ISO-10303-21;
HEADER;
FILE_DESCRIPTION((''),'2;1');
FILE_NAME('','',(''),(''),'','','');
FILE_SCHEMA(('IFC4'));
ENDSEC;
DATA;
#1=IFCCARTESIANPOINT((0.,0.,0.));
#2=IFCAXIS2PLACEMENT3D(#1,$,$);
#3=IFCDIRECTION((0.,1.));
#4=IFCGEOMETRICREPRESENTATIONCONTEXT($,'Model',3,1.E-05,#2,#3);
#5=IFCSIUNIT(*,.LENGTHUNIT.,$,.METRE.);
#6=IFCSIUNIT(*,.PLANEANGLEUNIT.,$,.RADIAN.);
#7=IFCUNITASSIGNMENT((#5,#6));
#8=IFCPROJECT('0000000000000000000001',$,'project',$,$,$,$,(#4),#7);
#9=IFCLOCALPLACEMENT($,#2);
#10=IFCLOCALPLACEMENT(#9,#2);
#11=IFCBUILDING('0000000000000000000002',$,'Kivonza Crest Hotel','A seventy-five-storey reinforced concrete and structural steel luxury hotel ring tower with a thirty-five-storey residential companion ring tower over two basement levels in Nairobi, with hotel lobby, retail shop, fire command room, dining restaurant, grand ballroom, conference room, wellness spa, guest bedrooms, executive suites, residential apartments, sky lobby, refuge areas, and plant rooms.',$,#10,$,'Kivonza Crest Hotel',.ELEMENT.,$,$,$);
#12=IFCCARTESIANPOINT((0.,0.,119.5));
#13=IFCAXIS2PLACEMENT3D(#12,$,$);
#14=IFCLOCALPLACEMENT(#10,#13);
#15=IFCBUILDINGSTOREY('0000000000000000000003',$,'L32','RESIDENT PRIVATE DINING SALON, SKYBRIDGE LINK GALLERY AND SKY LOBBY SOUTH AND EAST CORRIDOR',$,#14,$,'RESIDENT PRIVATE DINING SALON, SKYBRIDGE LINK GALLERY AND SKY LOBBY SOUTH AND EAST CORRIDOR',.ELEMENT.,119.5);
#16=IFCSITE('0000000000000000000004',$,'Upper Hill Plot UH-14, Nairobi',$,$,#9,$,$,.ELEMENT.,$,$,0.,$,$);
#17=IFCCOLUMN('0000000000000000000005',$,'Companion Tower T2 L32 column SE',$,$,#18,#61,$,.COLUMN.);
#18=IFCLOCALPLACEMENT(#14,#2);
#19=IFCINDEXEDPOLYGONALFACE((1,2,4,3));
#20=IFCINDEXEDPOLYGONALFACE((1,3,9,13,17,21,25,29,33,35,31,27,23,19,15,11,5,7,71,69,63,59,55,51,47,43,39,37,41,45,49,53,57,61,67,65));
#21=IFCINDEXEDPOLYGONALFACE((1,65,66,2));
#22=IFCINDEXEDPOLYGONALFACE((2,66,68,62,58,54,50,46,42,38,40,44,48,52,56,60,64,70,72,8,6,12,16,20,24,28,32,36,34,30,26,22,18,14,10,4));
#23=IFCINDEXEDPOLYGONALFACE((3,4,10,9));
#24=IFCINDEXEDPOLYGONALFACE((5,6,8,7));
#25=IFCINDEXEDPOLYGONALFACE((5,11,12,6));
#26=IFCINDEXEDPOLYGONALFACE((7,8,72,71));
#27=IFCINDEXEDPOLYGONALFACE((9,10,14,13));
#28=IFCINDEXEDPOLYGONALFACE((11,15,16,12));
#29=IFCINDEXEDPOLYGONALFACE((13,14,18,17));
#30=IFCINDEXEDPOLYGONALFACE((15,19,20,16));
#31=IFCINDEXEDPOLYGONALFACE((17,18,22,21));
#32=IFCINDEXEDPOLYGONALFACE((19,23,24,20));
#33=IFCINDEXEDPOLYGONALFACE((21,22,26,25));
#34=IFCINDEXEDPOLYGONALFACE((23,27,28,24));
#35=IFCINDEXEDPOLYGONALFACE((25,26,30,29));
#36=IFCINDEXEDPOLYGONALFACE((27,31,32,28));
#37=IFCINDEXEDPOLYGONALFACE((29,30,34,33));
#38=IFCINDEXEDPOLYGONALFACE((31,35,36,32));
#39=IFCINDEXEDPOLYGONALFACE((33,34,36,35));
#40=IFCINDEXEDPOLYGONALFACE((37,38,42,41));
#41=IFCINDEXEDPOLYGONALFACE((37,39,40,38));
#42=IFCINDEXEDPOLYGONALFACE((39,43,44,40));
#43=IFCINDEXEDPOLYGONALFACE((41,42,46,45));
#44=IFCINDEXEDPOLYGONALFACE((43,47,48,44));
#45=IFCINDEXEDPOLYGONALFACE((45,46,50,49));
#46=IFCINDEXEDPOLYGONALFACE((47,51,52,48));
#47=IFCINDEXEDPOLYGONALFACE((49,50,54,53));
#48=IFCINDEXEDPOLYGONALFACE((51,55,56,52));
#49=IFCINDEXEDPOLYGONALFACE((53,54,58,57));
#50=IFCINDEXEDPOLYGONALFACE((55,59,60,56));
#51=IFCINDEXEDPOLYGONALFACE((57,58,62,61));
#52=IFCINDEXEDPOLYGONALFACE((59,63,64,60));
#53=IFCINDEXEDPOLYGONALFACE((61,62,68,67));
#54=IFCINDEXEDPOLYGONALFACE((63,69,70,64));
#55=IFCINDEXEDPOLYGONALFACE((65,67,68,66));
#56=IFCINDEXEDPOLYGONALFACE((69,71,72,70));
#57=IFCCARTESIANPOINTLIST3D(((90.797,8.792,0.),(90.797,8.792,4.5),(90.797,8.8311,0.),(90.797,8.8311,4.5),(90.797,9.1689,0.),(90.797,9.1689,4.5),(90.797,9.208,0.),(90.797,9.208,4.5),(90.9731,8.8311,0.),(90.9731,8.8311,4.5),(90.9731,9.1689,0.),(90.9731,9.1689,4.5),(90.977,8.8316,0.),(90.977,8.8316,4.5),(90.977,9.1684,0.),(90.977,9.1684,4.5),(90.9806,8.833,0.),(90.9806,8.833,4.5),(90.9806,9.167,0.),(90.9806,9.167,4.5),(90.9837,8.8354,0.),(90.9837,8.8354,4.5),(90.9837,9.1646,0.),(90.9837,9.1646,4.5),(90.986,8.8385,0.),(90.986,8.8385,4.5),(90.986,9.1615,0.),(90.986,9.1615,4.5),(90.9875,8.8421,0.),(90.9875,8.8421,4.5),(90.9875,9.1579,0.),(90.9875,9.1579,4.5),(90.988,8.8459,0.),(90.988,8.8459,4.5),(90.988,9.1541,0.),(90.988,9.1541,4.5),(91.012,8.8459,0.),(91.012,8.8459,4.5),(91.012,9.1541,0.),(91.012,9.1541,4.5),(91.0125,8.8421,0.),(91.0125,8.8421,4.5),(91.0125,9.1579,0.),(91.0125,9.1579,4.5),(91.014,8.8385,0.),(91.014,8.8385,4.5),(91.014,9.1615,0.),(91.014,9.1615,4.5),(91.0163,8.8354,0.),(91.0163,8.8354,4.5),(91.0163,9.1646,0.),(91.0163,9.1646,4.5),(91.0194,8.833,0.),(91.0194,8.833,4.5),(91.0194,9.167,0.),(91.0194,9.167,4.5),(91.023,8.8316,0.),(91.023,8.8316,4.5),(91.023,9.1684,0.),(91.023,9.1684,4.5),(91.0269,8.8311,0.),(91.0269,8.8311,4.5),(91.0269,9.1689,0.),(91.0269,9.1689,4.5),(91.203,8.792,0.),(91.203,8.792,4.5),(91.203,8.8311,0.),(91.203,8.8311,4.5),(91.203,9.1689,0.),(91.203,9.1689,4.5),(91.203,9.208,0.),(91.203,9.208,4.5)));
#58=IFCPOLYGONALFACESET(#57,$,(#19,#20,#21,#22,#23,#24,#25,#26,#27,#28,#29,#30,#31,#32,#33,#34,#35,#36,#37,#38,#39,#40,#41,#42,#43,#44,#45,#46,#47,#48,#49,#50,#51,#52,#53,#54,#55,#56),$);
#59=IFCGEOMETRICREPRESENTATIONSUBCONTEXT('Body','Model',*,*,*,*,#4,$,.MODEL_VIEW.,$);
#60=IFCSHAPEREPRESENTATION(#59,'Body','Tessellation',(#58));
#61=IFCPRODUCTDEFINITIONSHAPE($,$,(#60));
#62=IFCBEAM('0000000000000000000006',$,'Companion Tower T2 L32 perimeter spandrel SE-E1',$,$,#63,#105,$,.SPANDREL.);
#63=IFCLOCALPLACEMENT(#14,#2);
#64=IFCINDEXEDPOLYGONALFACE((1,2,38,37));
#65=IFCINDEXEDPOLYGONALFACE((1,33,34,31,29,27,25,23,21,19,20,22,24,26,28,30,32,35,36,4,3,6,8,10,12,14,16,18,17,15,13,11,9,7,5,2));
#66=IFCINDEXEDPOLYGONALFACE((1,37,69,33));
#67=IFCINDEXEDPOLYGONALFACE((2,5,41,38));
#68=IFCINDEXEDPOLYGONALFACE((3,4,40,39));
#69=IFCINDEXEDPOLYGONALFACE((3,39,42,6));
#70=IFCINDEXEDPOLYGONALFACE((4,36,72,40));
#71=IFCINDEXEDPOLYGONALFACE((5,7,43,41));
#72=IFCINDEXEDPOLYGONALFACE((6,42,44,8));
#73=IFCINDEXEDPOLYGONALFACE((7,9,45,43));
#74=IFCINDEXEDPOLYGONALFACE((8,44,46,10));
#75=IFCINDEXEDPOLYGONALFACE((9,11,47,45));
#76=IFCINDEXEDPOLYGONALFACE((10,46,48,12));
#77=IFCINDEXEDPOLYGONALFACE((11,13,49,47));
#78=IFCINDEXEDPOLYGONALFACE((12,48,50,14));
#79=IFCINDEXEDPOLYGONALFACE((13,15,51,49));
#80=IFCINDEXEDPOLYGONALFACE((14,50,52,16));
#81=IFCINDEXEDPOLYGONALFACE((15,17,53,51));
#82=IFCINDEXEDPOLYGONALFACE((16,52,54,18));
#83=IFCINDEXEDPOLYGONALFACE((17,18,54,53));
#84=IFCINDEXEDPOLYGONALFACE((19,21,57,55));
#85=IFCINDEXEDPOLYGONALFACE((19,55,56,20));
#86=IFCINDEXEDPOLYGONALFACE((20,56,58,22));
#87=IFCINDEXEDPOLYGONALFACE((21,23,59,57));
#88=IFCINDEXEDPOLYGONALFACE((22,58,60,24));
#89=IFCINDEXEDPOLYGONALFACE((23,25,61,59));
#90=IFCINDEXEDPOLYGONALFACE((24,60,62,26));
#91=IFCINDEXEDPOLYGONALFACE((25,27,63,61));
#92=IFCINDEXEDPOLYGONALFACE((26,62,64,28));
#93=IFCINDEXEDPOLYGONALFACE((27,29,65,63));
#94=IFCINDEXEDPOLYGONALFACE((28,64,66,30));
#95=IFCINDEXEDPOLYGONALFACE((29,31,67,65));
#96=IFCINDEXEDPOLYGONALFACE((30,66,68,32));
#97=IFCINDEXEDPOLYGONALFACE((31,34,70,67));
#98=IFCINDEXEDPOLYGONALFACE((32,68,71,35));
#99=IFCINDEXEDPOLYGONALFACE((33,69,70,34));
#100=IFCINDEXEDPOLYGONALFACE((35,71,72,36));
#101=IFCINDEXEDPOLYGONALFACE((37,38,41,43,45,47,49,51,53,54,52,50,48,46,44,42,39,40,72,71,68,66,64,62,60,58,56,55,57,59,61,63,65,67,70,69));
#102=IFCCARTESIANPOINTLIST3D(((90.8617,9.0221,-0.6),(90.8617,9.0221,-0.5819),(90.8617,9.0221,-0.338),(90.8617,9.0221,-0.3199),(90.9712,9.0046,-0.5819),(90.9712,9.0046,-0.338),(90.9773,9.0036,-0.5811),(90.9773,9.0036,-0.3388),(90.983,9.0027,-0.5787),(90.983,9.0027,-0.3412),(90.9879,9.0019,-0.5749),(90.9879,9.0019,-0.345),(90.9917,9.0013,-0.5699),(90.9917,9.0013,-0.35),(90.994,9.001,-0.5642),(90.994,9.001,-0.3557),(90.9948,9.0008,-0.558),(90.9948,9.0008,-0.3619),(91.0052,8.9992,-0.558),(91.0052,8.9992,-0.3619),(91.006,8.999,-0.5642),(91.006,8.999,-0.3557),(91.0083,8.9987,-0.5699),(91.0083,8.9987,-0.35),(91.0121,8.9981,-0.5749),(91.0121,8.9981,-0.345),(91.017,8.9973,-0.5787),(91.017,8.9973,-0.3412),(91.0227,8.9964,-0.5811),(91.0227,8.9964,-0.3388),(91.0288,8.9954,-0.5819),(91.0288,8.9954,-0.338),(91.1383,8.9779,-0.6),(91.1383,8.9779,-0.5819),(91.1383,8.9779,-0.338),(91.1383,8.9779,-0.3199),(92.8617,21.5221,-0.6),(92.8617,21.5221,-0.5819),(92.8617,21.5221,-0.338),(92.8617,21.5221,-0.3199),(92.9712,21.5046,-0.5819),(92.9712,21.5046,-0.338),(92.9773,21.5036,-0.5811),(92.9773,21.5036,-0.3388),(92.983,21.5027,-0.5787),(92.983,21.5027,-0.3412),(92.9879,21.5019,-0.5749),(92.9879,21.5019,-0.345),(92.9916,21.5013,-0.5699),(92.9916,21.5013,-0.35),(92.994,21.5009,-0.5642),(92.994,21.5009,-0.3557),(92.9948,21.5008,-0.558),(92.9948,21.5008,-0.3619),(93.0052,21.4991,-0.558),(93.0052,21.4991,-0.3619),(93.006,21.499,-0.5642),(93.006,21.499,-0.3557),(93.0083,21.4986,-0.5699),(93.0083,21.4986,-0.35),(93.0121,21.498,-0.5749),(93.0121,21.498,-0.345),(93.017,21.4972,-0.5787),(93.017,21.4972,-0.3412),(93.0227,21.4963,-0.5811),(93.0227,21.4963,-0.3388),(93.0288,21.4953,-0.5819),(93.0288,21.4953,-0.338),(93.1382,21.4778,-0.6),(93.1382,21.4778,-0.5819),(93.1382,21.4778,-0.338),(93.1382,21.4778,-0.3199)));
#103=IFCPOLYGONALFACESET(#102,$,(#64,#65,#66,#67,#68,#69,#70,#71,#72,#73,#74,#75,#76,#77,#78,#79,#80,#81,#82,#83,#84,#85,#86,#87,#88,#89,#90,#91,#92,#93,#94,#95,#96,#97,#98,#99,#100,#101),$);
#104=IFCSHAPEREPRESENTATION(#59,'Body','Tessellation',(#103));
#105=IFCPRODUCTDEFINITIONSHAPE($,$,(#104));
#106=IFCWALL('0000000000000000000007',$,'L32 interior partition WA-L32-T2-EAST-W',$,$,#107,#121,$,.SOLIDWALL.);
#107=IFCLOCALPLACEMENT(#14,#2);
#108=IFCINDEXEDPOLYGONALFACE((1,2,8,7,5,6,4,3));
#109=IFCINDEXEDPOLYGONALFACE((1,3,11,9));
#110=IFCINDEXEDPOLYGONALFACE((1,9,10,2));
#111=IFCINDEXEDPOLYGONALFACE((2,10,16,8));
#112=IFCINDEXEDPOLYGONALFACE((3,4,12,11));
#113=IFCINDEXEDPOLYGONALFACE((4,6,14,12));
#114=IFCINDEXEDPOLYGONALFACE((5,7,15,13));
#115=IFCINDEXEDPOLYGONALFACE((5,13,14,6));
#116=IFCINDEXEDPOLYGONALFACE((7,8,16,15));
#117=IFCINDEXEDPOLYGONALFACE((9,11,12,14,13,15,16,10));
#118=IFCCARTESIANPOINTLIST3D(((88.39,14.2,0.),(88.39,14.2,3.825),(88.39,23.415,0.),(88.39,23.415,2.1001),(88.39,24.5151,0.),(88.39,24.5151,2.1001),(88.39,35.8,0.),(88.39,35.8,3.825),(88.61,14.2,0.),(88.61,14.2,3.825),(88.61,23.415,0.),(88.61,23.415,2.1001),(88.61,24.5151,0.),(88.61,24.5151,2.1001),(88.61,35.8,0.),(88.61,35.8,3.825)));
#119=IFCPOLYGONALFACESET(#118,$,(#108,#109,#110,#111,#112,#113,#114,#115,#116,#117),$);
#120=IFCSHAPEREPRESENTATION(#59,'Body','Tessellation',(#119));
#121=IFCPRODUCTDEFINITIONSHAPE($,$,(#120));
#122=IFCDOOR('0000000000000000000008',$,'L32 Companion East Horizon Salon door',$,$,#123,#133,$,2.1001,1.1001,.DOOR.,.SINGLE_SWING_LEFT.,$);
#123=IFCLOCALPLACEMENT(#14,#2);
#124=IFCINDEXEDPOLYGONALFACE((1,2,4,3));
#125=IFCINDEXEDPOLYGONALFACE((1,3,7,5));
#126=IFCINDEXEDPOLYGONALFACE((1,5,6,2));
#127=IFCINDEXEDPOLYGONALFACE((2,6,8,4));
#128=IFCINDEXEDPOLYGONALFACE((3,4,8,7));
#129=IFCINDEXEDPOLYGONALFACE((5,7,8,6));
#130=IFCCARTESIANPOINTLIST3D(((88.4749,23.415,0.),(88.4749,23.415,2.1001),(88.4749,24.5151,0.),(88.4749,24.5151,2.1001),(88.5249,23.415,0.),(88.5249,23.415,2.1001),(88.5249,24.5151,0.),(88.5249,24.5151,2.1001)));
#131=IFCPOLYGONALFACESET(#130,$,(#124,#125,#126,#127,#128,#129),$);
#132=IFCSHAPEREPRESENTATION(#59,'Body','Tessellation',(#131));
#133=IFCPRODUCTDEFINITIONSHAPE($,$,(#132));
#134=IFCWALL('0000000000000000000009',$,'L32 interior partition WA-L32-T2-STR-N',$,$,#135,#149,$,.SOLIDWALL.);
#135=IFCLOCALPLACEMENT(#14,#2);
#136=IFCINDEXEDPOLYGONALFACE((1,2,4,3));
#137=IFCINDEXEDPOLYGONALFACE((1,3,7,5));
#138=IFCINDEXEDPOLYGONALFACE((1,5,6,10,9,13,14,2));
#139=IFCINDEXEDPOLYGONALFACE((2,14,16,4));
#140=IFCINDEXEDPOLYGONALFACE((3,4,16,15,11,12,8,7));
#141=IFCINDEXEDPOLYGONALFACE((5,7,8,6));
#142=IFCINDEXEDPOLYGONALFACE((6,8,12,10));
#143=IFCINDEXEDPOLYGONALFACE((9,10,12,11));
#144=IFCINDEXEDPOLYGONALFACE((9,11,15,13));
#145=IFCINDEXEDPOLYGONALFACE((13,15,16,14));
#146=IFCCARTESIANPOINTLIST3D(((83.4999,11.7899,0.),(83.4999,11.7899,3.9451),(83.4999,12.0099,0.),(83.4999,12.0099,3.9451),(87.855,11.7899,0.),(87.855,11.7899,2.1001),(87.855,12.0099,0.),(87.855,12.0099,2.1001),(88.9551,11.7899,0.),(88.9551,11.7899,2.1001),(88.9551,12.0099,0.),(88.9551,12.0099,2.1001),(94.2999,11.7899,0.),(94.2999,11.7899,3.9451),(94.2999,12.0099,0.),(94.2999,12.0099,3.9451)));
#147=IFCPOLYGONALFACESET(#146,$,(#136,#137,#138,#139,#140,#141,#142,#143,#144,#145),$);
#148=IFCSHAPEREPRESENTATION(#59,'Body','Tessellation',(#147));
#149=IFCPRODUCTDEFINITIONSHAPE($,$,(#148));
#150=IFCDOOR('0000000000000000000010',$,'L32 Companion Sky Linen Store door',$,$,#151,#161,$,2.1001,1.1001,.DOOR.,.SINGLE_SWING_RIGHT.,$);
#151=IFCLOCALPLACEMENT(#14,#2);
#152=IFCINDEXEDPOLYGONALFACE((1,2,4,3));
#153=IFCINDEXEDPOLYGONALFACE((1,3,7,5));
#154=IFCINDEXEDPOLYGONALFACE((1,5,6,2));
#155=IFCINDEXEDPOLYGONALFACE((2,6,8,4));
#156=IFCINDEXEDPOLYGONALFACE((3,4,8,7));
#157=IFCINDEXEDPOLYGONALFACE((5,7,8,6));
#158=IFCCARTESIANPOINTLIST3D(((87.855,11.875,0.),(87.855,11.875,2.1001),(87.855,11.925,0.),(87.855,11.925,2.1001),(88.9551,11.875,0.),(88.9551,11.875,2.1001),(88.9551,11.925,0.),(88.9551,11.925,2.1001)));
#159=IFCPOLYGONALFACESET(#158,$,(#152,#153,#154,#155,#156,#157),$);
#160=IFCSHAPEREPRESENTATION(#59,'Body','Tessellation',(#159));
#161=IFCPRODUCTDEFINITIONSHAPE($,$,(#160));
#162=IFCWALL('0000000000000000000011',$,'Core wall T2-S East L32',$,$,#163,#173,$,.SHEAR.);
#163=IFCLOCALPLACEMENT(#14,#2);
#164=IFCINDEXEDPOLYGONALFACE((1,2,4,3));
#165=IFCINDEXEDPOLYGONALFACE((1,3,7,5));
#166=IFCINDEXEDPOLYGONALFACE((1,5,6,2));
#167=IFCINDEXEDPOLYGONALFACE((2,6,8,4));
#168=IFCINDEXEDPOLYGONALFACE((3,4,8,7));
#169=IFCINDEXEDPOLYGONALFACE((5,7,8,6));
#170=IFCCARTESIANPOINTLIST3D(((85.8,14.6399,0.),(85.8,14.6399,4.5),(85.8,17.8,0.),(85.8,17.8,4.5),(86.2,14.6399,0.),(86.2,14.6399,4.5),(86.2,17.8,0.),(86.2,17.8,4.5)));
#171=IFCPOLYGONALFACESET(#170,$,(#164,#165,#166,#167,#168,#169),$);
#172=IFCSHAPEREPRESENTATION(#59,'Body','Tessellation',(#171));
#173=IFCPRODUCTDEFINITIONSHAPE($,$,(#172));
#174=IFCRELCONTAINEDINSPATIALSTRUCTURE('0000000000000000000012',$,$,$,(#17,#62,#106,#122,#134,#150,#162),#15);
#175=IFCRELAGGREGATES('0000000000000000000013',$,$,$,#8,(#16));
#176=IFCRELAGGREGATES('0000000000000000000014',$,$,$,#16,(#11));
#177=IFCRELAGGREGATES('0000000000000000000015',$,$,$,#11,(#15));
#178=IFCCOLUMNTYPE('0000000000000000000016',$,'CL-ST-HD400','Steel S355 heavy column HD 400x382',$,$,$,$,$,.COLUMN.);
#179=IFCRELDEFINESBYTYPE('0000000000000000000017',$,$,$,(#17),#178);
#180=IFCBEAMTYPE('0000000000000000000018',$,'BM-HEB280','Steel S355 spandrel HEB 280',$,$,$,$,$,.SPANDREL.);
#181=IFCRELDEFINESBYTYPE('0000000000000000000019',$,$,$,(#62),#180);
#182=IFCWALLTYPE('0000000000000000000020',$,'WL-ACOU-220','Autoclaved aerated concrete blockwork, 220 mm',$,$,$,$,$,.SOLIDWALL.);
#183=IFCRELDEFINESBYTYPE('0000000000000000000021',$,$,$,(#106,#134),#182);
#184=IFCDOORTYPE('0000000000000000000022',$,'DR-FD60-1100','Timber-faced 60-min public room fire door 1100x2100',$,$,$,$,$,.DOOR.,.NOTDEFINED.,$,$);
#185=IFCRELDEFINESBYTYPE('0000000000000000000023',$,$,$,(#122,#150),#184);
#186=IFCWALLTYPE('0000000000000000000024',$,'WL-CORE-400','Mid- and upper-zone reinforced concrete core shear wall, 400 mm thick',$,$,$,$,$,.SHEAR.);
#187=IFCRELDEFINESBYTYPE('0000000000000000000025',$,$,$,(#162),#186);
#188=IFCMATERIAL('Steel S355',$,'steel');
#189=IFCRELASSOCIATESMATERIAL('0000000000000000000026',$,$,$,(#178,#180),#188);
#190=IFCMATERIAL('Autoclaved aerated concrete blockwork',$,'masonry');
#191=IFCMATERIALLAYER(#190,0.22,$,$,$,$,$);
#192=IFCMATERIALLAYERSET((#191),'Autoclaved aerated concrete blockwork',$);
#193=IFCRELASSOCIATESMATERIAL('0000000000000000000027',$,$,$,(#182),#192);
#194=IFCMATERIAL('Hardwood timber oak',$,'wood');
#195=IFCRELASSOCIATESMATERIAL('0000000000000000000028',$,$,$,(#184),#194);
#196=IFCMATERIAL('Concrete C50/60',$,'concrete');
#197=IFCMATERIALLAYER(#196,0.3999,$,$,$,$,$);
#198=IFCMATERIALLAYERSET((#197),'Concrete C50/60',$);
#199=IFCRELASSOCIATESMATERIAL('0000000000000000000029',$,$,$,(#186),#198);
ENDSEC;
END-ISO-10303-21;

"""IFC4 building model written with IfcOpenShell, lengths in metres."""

from ifc_helpers import new_model, si_unit, direction, frame, frame_2d, origin, origin_2d, place, context, subcontext, project, spatial, rectangle, i_section, extrude, material, layer, layer_set, material_profile, profile_set, type_object, element, fill, save


model = new_model("IFC4")

# Units and contexts
model_context = context("Model", 3, precision=1e-05, world=origin(), true_north=direction((0.0, 1.0)))
body_context = subcontext(model_context, "Body", "Model", "MODEL_VIEW")
ifc_project = project(units=[si_unit("LENGTHUNIT", "METRE"), si_unit("PLANEANGLEUNIT", "RADIAN")], contexts=[model_context])

# Site, building, storey
site_placement = place(None, origin())
site = spatial("IfcSite", under=ifc_project, at=site_placement, Name="Upper Hill Plot UH-14, Nairobi", CompositionType="ELEMENT", RefElevation=0.0)
building_placement = place(site_placement, origin())
building = spatial("IfcBuilding", under=site, at=building_placement, Name="Kivonza Crest Hotel", Description="A seventy-five-storey reinforced concrete and structural steel luxury hotel ring tower with a thirty-five-storey residential companion ring tower over two basement levels in Nairobi, with hotel lobby, retail shop, fire command room, dining restaurant, grand ballroom, conference room, wellness spa, guest bedrooms, executive suites, residential apartments, sky lobby, refuge areas, and plant rooms.", LongName="Kivonza Crest Hotel", CompositionType="ELEMENT")
storey_placement = place(building_placement, frame((0.0, 0.0, 119.5)))
storey = spatial("IfcBuildingStorey", under=building, at=storey_placement, Name="L32", Description="RESIDENT PRIVATE DINING SALON, SKYBRIDGE LINK GALLERY AND SKY LOBBY SOUTH AND EAST CORRIDOR", LongName="RESIDENT PRIVATE DINING SALON, SKYBRIDGE LINK GALLERY AND SKY LOBBY SOUTH AND EAST CORRIDOR", CompositionType="ELEMENT", Elevation=119.5)

# Column
ifc_material_1 = material(Name="Steel S355", Category="steel")
ifc_material_profile_1 = material_profile(ifc_material_1, i_section(OverallWidth=0.406, OverallDepth=0.416, WebThickness=0.0239, FlangeThickness=0.0391, FilletRadius=0.0149, at=origin_2d()), Name="HD 400x382")
ifc_profile_set_1 = profile_set([ifc_material_profile_1], Name="Steel S355")
column_type = type_object("IfcColumnType", Name="CL-ST-HD400", Description="Steel S355 heavy column HD 400x382", PredefinedType="COLUMN", material=ifc_profile_set_1)
column_placement = place(storey_placement, frame((91.0, 9.0, 0.0), z_axis=(0.0, 0.0, 1.0), x_axis=(1.0, 0.0, 0.0)))
element("IfcColumn", 1, at=column_placement, inside=storey, type_object=column_type, Name="Companion Tower T2 L32 column SE", PredefinedType="COLUMN", context=body_context, shape_type="SweptSolid", body=[
    extrude(i_section(OverallWidth=0.406, OverallDepth=0.416, WebThickness=0.0239, FlangeThickness=0.0391, FilletRadius=0.0149, at=origin_2d()), origin(), (0.0, 0.0, 1.0), 4.5),
])

# Beam
ifc_material_profile_2 = material_profile(ifc_material_1, i_section(OverallWidth=0.28, OverallDepth=0.28, WebThickness=0.0105, FlangeThickness=0.0181, FilletRadius=0.0239, at=origin_2d()), Name="HEB 280")
ifc_profile_set_2 = profile_set([ifc_material_profile_2], Name="Steel S355")
beam_type = type_object("IfcBeamType", Name="BM-HEB280", Description="Steel S355 spandrel HEB 280", PredefinedType="SPANDREL", material=ifc_profile_set_2)
beam_placement = place(storey_placement, frame((91.0, 9.0, -0.46), z_axis=(0.157991, 0.987441, 0.0), x_axis=(-0.987441, 0.157991, 0.0)))
element("IfcBeam", 2, at=beam_placement, inside=storey, type_object=beam_type, Name="Companion Tower T2 L32 perimeter spandrel SE-E1", PredefinedType="SPANDREL", context=body_context, shape_type="SweptSolid", body=[
    extrude(i_section(OverallWidth=0.28, OverallDepth=0.28, WebThickness=0.0105, FlangeThickness=0.0181, FilletRadius=0.0239, at=origin_2d()), origin(), (0.0, 0.0, 1.0), 12.6589),
])

# Walls, openings, doors
ifc_material_2 = material(Name="Autoclaved aerated concrete blockwork", Category="masonry")
ifc_layer_1 = layer(ifc_material_2, 0.22)
ifc_layer_set_1 = layer_set([ifc_layer_1], Name="Autoclaved aerated concrete blockwork")
wall_type_1 = type_object("IfcWallType", Name="WL-ACOU-220", Description="Autoclaved aerated concrete blockwork, 220 mm", PredefinedType="SOLIDWALL", material=ifc_layer_set_1)
wall_1_placement = place(storey_placement, frame((88.5, 14.2, 0.0), z_axis=(0.0, 0.0, 1.0), x_axis=(0.0, 1.0, 0.0)))
wall_1 = element("IfcWall", 3, at=wall_1_placement, inside=storey, type_object=wall_type_1, Name="L32 interior partition WA-L32-T2-EAST-W", PredefinedType="SOLIDWALL", context=body_context, shape_type="SweptSolid", body=[
    extrude(rectangle(XDim=21.6001, YDim=0.22, at=frame_2d((10.8, 0.0))), origin(), (0.0, 0.0, 1.0), 3.825),
])
opening_1_placement = place(wall_1_placement, frame((9.2151, 0.0, 0.0)))
opening_1 = element("IfcOpeningElement", 4, at=opening_1_placement, cuts=wall_1, PredefinedType="OPENING", context=body_context, shape_type="SweptSolid", body=[
    extrude(rectangle(XDim=1.1001, YDim=2.1001, at=frame_2d((0.55, 1.05))), frame((0.0, 0.1201, 0.0), z_axis=(0.0, -1.0, 0.0), x_axis=(1.0, 0.0, 0.0)), (0.0, 0.0, 1.0), 0.24),
])
ifc_material_3 = material(Name="Hardwood timber oak", Category="wood")
door_type = type_object("IfcDoorType", Name="DR-FD60-1100", Description="Timber-faced 60-min public room fire door 1100x2100", OperationType="NOTDEFINED", PredefinedType="DOOR", material=ifc_material_3)
door_1_placement = place(opening_1_placement, frame((1.1001, 0.0, 0.0), z_axis=(0.0, 0.0, 1.0), x_axis=(-1.0, 0.0, 0.0)))
door_1 = element("IfcDoor", 5, at=door_1_placement, inside=storey, type_object=door_type, Name="L32 Companion East Horizon Salon door", OperationType="SINGLE_SWING_LEFT", OverallHeight=2.1001, OverallWidth=1.1001, PredefinedType="DOOR", context=body_context, shape_type="SweptSolid", body=[
    extrude(rectangle(XDim=1.1001, YDim=2.1001, at=frame_2d((0.55, 1.05))), frame((0.0, 0.0249, 0.0), z_axis=(0.0, -1.0, 0.0), x_axis=(1.0, 0.0, 0.0)), (0.0, 0.0, 1.0), 0.05),
])
fill(opening_1, door_1)
wall_2_placement = place(storey_placement, frame((83.5, 11.8999, 0.0), z_axis=(0.0, 0.0, 1.0), x_axis=(1.0, 0.0, 0.0)))
wall_2 = element("IfcWall", 6, at=wall_2_placement, inside=storey, type_object=wall_type_1, Name="L32 interior partition WA-L32-T2-STR-N", PredefinedType="SOLIDWALL", context=body_context, shape_type="SweptSolid", body=[
    extrude(rectangle(XDim=10.8, YDim=0.22, at=frame_2d((5.3999, 0.0))), origin(), (0.0, 0.0, 1.0), 3.9451),
])
opening_2_placement = place(wall_2_placement, frame((4.355, 0.0, 0.0)))
opening_2 = element("IfcOpeningElement", 7, at=opening_2_placement, cuts=wall_2, PredefinedType="OPENING", context=body_context, shape_type="SweptSolid", body=[
    extrude(rectangle(XDim=1.1001, YDim=2.1001, at=frame_2d((0.55, 1.05))), frame((0.0, 0.1201, 0.0), z_axis=(0.0, -1.0, 0.0), x_axis=(1.0, 0.0, 0.0)), (0.0, 0.0, 1.0), 0.24),
])
door_2_placement = place(opening_2_placement, frame((1.1001, 0.0, 0.0), z_axis=(0.0, 0.0, 1.0), x_axis=(-1.0, 0.0, 0.0)))
door_2 = element("IfcDoor", 8, at=door_2_placement, inside=storey, type_object=door_type, Name="L32 Companion Sky Linen Store door", OperationType="SINGLE_SWING_RIGHT", OverallHeight=2.1001, OverallWidth=1.1001, PredefinedType="DOOR", context=body_context, shape_type="SweptSolid", body=[
    extrude(rectangle(XDim=1.1001, YDim=2.1001, at=frame_2d((0.55, 1.05))), frame((0.0, 0.0249, 0.0), z_axis=(0.0, -1.0, 0.0), x_axis=(1.0, 0.0, 0.0)), (0.0, 0.0, 1.0), 0.05),
])
fill(opening_2, door_2)

# Wall
ifc_material_4 = material(Name="Concrete C50/60", Category="concrete")
ifc_layer_2 = layer(ifc_material_4, 0.3999)
ifc_layer_set_2 = layer_set([ifc_layer_2], Name="Concrete C50/60")
wall_type_2 = type_object("IfcWallType", Name="WL-CORE-400", Description="Mid- and upper-zone reinforced concrete core shear wall, 400 mm thick", PredefinedType="SHEAR", material=ifc_layer_set_2)
wall_3_placement = place(storey_placement, frame((86.0, 14.6399, 0.0), z_axis=(0.0, 0.0, 1.0), x_axis=(0.0, 1.0, 0.0)))
element("IfcWall", 9, at=wall_3_placement, inside=storey, type_object=wall_type_2, Name="Core wall T2-S East L32", PredefinedType="SHEAR", context=body_context, shape_type="SweptSolid", body=[
    extrude(rectangle(XDim=3.1602, YDim=0.3999, at=frame_2d((1.5801, 0.0))), origin(), (0.0, 0.0, 1.0), 4.5),
])

save(model, "model.ifc")
